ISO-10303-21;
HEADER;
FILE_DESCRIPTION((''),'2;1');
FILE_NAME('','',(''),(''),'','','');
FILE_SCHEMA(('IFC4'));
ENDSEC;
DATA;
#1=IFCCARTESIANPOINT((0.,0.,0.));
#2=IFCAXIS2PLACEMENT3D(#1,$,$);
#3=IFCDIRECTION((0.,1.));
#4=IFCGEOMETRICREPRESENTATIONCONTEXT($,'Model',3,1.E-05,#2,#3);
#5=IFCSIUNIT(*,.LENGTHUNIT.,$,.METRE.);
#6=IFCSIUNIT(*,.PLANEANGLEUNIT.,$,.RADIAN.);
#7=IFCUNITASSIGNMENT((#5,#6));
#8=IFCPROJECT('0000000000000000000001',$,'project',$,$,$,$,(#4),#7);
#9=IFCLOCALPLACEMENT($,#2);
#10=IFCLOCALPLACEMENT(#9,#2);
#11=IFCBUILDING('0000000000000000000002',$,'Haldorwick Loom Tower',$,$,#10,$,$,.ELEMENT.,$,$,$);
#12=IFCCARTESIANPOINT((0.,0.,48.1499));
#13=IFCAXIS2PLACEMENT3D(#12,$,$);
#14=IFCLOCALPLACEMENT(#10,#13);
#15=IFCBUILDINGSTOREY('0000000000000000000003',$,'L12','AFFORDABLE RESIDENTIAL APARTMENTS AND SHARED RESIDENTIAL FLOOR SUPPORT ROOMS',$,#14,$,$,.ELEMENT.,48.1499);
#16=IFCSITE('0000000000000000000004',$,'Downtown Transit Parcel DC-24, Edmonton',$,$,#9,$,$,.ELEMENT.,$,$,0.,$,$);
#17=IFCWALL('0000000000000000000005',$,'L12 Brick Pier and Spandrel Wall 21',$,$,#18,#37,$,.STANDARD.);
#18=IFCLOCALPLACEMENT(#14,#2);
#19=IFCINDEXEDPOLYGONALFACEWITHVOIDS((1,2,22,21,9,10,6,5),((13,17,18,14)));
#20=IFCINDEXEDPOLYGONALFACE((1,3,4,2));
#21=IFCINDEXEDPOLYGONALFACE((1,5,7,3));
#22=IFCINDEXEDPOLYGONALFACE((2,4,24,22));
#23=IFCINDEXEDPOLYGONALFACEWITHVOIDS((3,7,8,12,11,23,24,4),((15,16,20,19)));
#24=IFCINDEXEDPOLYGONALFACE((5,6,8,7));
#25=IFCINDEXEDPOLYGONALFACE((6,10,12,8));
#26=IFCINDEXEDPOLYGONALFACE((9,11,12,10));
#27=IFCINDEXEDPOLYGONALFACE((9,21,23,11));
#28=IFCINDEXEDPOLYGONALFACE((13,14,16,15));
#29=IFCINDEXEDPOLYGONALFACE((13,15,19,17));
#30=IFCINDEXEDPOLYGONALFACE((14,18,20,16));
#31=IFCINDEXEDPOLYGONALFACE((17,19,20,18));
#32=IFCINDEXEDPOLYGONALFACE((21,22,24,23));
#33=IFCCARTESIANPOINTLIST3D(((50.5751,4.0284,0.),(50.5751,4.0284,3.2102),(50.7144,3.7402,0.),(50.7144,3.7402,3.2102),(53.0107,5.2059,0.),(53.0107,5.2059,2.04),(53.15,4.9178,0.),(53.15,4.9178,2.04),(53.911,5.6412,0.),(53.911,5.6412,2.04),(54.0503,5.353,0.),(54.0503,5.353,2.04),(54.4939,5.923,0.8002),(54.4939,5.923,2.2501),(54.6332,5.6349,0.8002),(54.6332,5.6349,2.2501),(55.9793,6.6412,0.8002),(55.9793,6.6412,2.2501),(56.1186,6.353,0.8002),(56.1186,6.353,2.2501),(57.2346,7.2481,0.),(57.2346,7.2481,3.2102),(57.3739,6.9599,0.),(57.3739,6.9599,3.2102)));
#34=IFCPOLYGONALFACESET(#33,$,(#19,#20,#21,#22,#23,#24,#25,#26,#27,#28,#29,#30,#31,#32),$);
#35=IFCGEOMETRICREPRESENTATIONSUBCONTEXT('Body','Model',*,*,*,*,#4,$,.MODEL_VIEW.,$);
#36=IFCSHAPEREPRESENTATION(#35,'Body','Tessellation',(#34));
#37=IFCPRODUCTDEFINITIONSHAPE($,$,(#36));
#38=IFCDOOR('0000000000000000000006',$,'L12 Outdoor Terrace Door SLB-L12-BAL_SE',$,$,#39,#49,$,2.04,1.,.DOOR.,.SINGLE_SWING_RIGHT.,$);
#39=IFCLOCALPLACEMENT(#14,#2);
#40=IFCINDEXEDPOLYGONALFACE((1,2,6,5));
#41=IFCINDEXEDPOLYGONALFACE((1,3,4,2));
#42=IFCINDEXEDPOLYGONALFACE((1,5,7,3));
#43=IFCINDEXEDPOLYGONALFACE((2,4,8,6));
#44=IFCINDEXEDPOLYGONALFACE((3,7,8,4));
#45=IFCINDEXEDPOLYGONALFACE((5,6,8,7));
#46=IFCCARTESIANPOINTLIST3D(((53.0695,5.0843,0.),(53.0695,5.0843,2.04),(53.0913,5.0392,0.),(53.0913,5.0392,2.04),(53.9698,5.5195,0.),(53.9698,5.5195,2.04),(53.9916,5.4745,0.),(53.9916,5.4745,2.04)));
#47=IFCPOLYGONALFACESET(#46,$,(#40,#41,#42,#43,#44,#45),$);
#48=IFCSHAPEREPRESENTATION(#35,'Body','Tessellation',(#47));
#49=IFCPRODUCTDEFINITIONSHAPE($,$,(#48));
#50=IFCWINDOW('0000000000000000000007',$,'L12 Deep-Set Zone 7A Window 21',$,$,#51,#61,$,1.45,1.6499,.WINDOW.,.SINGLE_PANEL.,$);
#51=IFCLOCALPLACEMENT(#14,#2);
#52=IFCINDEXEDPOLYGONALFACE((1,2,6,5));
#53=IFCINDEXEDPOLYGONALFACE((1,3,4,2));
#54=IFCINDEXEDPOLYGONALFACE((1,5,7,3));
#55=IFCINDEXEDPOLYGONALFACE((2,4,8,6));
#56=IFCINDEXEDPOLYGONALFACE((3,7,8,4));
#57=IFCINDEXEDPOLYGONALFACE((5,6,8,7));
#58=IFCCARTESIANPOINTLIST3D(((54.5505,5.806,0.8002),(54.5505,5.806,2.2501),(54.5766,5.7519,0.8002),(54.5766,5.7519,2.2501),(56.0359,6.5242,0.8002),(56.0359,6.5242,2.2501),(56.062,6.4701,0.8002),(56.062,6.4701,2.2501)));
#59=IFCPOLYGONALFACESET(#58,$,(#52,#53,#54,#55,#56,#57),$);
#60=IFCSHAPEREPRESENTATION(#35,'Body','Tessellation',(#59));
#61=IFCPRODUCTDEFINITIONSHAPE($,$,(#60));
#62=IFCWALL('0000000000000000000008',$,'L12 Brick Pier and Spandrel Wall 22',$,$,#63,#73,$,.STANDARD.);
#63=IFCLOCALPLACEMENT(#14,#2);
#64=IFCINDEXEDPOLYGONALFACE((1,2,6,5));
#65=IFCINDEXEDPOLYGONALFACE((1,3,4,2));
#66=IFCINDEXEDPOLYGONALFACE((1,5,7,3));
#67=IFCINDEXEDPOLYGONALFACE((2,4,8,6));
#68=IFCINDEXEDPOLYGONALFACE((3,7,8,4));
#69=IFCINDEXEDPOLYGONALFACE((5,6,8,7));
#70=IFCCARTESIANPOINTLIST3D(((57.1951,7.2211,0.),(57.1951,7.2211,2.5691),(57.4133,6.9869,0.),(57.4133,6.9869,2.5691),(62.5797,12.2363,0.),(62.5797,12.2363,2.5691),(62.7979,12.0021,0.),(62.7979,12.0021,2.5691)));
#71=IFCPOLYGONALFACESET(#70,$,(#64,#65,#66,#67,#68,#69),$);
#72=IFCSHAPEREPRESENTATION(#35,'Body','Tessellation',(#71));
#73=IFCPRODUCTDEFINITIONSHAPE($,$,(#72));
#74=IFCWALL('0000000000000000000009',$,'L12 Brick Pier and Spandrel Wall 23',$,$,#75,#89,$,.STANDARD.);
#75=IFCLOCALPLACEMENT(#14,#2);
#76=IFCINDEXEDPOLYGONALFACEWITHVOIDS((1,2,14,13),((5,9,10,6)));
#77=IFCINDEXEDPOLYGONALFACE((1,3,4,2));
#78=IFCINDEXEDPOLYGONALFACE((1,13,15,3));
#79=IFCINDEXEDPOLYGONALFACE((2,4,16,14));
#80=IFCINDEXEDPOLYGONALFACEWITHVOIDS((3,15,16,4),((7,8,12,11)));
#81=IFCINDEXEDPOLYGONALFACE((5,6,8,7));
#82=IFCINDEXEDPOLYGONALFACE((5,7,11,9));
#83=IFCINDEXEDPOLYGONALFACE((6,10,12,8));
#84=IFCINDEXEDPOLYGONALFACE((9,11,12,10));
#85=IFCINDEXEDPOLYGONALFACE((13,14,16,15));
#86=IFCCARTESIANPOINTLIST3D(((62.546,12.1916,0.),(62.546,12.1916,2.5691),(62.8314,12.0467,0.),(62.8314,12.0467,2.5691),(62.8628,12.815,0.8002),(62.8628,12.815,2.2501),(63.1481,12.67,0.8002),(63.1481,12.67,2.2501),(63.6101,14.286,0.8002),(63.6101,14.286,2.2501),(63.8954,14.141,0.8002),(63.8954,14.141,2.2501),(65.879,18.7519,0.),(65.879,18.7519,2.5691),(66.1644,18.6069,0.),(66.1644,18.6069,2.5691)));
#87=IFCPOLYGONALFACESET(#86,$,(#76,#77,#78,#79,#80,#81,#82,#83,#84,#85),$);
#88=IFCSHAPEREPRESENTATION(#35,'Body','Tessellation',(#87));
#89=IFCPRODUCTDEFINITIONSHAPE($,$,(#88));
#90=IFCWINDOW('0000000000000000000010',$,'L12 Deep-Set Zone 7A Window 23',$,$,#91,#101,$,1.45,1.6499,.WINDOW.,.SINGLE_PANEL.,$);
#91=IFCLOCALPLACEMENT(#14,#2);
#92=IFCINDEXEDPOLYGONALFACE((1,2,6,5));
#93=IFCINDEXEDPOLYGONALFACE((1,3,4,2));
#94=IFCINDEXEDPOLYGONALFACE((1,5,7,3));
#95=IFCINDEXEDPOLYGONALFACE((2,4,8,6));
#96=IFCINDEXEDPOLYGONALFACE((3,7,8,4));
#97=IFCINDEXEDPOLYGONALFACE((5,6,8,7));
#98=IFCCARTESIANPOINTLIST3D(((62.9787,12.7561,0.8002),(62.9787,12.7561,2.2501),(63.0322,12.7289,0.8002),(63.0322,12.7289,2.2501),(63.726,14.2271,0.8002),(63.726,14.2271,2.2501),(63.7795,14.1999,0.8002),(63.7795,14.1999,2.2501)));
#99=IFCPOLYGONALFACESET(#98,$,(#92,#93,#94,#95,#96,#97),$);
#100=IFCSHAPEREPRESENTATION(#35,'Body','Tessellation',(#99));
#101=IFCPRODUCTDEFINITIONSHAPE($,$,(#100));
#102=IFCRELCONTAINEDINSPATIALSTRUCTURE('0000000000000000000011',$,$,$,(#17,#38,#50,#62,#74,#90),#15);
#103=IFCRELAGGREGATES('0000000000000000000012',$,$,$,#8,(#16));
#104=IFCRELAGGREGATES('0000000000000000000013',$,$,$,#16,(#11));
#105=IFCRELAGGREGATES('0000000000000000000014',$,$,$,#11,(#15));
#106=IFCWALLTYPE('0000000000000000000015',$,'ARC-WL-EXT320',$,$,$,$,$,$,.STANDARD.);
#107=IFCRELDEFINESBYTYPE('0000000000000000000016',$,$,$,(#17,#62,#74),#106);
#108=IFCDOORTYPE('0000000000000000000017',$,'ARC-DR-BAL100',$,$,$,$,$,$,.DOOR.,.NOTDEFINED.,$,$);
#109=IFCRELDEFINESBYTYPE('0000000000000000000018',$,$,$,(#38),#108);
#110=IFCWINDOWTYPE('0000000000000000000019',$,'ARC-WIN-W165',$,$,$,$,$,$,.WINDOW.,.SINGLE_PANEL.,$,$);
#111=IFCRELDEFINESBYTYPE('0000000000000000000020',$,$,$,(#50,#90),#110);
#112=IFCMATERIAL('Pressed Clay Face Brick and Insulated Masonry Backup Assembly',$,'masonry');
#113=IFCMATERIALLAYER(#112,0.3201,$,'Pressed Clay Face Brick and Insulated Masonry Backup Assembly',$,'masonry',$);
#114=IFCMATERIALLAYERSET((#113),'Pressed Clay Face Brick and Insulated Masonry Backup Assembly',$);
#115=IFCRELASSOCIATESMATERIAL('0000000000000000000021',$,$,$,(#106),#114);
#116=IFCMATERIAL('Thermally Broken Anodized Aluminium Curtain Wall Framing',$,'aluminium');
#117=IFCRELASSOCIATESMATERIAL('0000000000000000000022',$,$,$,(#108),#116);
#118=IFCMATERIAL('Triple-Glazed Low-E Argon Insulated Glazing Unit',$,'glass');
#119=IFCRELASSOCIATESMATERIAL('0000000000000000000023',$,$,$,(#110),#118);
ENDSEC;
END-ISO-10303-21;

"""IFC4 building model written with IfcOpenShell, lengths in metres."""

from ifc_helpers import new_model, si_unit, direction, frame, frame_2d, origin, place, context, subcontext, project, spatial, rectangle, extrude, material, layer, layer_set, type_object, element, fill, save


model = new_model("IFC4")

# Units and contexts
model_context = context("Model", 3, precision=1e-05, world=origin(), true_north=direction((0.0, 1.0)))
body_context = subcontext(model_context, "Body", "Model", "MODEL_VIEW")
ifc_project = project(units=[si_unit("LENGTHUNIT", "METRE"), si_unit("PLANEANGLEUNIT", "RADIAN")], contexts=[model_context])

# Site, building, storey
site_placement = place(None, origin())
site = spatial("IfcSite", under=ifc_project, at=site_placement, Name="Downtown Transit Parcel DC-24, Edmonton", CompositionType="ELEMENT", RefElevation=0.0)
building_placement = place(site_placement, origin())
building = spatial("IfcBuilding", under=site, at=building_placement, Name="Haldorwick Loom Tower", CompositionType="ELEMENT")
storey_placement = place(building_placement, frame((0.0, 0.0, 48.1499)))
storey = spatial("IfcBuildingStorey", under=building, at=storey_placement, Name="L12", Description="AFFORDABLE RESIDENTIAL APARTMENTS AND SHARED RESIDENTIAL FLOOR SUPPORT ROOMS", CompositionType="ELEMENT", Elevation=48.1499)

# Wall, openings, door, window
ifc_material_1 = material(Name="Pressed Clay Face Brick and Insulated Masonry Backup Assembly", Category="masonry")
ifc_layer = layer(ifc_material_1, 0.3201, Name="Pressed Clay Face Brick and Insulated Masonry Backup Assembly", Category="masonry")
ifc_layer_set = layer_set([ifc_layer], Name="Pressed Clay Face Brick and Insulated Masonry Backup Assembly")
wall_type = type_object("IfcWallType", Name="ARC-WL-EXT320", PredefinedType="STANDARD", material=ifc_layer_set)
wall_1_placement = place(storey_placement, frame((50.6448, 3.8843, 0.0), z_axis=(0.0, 0.0, 1.0), x_axis=(0.900296, 0.435279, 0.0)))
wall_1 = element("IfcWall", 1, at=wall_1_placement, inside=storey, type_object=wall_type, Name="L12 Brick Pier and Spandrel Wall 21", PredefinedType="STANDARD", context=body_context, shape_type="SweptSolid", body=[
    extrude(rectangle(XDim=7.397, YDim=0.3201, at=frame_2d((3.6985, 0.0))), origin(), (0.0, 0.0, 1.0), 3.2102),
])
opening_1_placement = place(wall_1_placement, frame((2.7053, 0.0, 0.0)))
opening_1 = element("IfcOpeningElement", 2, at=opening_1_placement, cuts=wall_1, PredefinedType="OPENING", context=body_context, shape_type="SweptSolid", body=[
    extrude(rectangle(XDim=1.0, YDim=2.04, at=frame_2d((0.5, 1.02))), frame((0.0, 0.1699, 0.0), z_axis=(0.0, -1.0, 0.0), x_axis=(1.0, 0.0, 0.0)), (0.0, 0.0, 1.0), 0.3401),
])
opening_2_placement = place(wall_1_placement, frame((4.3528, 0.0, 0.8)))
opening_2 = element("IfcOpeningElement", 3, at=opening_2_placement, cuts=wall_1, PredefinedType="OPENING", context=body_context, shape_type="SweptSolid", body=[
    extrude(rectangle(XDim=1.6499, YDim=1.45, at=frame_2d((0.825, 0.7251))), frame((0.0, 0.1699, 0.0), z_axis=(0.0, -1.0, 0.0), x_axis=(1.0, 0.0, 0.0)), (0.0, 0.0, 1.0), 0.3401),
])
ifc_material_2 = material(Name="Thermally Broken Anodized Aluminium Curtain Wall Framing", Category="aluminium")
door_type = type_object("IfcDoorType", Name="ARC-DR-BAL100", OperationType="NOTDEFINED", PredefinedType="DOOR", material=ifc_material_2)
door_placement = place(opening_1_placement, origin())
door = element("IfcDoor", 4, at=door_placement, inside=storey, type_object=door_type, Name="L12 Outdoor Terrace Door SLB-L12-BAL_SE", OperationType="SINGLE_SWING_RIGHT", OverallHeight=2.04, OverallWidth=1.0, PredefinedType="DOOR", context=body_context, shape_type="SweptSolid", body=[
    extrude(rectangle(XDim=1.0, YDim=2.04, at=frame_2d((0.5, 1.02))), frame((0.0, 0.0249, 0.0), z_axis=(0.0, -1.0, 0.0), x_axis=(1.0, 0.0, 0.0)), (0.0, 0.0, 1.0), 0.05),
])
fill(opening_1, door)
ifc_material_3 = material(Name="Triple-Glazed Low-E Argon Insulated Glazing Unit", Category="glass")
window_type = type_object("IfcWindowType", Name="ARC-WIN-W165", PartitioningType="SINGLE_PANEL", PredefinedType="WINDOW", material=ifc_material_3)
window_1_placement = place(opening_2_placement, origin())
window_1 = element("IfcWindow", 5, at=window_1_placement, inside=storey, type_object=window_type, Name="L12 Deep-Set Zone 7A Window 21", OverallHeight=1.45, OverallWidth=1.6499, PartitioningType="SINGLE_PANEL", PredefinedType="WINDOW", context=body_context, shape_type="SweptSolid", body=[
    extrude(rectangle(XDim=1.6499, YDim=1.45, at=frame_2d((0.825, 0.7251))), frame((0.0, 0.03, 0.0), z_axis=(0.0, -1.0, 0.0), x_axis=(1.0, 0.0, 0.0)), (0.0, 0.0, 1.0), 0.0601),
])
fill(opening_2, window_1)

# Wall
wall_2_placement = place(storey_placement, frame((57.3042, 7.104, 0.0), z_axis=(0.0, 0.0, 1.0), x_axis=(0.731761, 0.681561, 0.0)))
element("IfcWall", 6, at=wall_2_placement, inside=storey, type_object=wall_type, Name="L12 Brick Pier and Spandrel Wall 22", PredefinedType="STANDARD", context=body_context, shape_type="SweptSolid", body=[
    extrude(rectangle(XDim=7.3584, YDim=0.3201, at=frame_2d((3.6792, 0.0))), origin(), (0.0, 0.0, 1.0), 2.5691),
])

# Wall, opening, window
wall_3_placement = place(storey_placement, frame((62.6887, 12.1191, 0.0), z_axis=(0.0, 0.0, 1.0), x_axis=(0.452951, 0.891535, 0.0)))
wall_3 = element("IfcWall", 7, at=wall_3_placement, inside=storey, type_object=wall_type, Name="L12 Brick Pier and Spandrel Wall 23", PredefinedType="STANDARD", context=body_context, shape_type="SweptSolid", body=[
    extrude(rectangle(XDim=7.3584, YDim=0.3201, at=frame_2d((3.6792, 0.0))), origin(), (0.0, 0.0, 1.0), 2.5691),
])
opening_3_placement = place(wall_3_placement, frame((0.6992, 0.0, 0.8)))
opening_3 = element("IfcOpeningElement", 8, at=opening_3_placement, cuts=wall_3, PredefinedType="OPENING", context=body_context, shape_type="SweptSolid", body=[
    extrude(rectangle(XDim=1.6499, YDim=1.45, at=frame_2d((0.825, 0.7251))), frame((0.0, 0.1699, 0.0), z_axis=(0.0, -1.0, 0.0), x_axis=(1.0, 0.0, 0.0)), (0.0, 0.0, 1.0), 0.3401),
])
window_2_placement = place(opening_3_placement, origin())
window_2 = element("IfcWindow", 9, at=window_2_placement, inside=storey, type_object=window_type, Name="L12 Deep-Set Zone 7A Window 23", OverallHeight=1.45, OverallWidth=1.6499, PartitioningType="SINGLE_PANEL", PredefinedType="WINDOW", context=body_context, shape_type="SweptSolid", body=[
    extrude(rectangle(XDim=1.6499, YDim=1.45, at=frame_2d((0.825, 0.7251))), frame((0.0, 0.03, 0.0), z_axis=(0.0, -1.0, 0.0), x_axis=(1.0, 0.0, 0.0)), (0.0, 0.0, 1.0), 0.0601),
])
fill(opening_3, window_2)

save(model, "model.ifc")
